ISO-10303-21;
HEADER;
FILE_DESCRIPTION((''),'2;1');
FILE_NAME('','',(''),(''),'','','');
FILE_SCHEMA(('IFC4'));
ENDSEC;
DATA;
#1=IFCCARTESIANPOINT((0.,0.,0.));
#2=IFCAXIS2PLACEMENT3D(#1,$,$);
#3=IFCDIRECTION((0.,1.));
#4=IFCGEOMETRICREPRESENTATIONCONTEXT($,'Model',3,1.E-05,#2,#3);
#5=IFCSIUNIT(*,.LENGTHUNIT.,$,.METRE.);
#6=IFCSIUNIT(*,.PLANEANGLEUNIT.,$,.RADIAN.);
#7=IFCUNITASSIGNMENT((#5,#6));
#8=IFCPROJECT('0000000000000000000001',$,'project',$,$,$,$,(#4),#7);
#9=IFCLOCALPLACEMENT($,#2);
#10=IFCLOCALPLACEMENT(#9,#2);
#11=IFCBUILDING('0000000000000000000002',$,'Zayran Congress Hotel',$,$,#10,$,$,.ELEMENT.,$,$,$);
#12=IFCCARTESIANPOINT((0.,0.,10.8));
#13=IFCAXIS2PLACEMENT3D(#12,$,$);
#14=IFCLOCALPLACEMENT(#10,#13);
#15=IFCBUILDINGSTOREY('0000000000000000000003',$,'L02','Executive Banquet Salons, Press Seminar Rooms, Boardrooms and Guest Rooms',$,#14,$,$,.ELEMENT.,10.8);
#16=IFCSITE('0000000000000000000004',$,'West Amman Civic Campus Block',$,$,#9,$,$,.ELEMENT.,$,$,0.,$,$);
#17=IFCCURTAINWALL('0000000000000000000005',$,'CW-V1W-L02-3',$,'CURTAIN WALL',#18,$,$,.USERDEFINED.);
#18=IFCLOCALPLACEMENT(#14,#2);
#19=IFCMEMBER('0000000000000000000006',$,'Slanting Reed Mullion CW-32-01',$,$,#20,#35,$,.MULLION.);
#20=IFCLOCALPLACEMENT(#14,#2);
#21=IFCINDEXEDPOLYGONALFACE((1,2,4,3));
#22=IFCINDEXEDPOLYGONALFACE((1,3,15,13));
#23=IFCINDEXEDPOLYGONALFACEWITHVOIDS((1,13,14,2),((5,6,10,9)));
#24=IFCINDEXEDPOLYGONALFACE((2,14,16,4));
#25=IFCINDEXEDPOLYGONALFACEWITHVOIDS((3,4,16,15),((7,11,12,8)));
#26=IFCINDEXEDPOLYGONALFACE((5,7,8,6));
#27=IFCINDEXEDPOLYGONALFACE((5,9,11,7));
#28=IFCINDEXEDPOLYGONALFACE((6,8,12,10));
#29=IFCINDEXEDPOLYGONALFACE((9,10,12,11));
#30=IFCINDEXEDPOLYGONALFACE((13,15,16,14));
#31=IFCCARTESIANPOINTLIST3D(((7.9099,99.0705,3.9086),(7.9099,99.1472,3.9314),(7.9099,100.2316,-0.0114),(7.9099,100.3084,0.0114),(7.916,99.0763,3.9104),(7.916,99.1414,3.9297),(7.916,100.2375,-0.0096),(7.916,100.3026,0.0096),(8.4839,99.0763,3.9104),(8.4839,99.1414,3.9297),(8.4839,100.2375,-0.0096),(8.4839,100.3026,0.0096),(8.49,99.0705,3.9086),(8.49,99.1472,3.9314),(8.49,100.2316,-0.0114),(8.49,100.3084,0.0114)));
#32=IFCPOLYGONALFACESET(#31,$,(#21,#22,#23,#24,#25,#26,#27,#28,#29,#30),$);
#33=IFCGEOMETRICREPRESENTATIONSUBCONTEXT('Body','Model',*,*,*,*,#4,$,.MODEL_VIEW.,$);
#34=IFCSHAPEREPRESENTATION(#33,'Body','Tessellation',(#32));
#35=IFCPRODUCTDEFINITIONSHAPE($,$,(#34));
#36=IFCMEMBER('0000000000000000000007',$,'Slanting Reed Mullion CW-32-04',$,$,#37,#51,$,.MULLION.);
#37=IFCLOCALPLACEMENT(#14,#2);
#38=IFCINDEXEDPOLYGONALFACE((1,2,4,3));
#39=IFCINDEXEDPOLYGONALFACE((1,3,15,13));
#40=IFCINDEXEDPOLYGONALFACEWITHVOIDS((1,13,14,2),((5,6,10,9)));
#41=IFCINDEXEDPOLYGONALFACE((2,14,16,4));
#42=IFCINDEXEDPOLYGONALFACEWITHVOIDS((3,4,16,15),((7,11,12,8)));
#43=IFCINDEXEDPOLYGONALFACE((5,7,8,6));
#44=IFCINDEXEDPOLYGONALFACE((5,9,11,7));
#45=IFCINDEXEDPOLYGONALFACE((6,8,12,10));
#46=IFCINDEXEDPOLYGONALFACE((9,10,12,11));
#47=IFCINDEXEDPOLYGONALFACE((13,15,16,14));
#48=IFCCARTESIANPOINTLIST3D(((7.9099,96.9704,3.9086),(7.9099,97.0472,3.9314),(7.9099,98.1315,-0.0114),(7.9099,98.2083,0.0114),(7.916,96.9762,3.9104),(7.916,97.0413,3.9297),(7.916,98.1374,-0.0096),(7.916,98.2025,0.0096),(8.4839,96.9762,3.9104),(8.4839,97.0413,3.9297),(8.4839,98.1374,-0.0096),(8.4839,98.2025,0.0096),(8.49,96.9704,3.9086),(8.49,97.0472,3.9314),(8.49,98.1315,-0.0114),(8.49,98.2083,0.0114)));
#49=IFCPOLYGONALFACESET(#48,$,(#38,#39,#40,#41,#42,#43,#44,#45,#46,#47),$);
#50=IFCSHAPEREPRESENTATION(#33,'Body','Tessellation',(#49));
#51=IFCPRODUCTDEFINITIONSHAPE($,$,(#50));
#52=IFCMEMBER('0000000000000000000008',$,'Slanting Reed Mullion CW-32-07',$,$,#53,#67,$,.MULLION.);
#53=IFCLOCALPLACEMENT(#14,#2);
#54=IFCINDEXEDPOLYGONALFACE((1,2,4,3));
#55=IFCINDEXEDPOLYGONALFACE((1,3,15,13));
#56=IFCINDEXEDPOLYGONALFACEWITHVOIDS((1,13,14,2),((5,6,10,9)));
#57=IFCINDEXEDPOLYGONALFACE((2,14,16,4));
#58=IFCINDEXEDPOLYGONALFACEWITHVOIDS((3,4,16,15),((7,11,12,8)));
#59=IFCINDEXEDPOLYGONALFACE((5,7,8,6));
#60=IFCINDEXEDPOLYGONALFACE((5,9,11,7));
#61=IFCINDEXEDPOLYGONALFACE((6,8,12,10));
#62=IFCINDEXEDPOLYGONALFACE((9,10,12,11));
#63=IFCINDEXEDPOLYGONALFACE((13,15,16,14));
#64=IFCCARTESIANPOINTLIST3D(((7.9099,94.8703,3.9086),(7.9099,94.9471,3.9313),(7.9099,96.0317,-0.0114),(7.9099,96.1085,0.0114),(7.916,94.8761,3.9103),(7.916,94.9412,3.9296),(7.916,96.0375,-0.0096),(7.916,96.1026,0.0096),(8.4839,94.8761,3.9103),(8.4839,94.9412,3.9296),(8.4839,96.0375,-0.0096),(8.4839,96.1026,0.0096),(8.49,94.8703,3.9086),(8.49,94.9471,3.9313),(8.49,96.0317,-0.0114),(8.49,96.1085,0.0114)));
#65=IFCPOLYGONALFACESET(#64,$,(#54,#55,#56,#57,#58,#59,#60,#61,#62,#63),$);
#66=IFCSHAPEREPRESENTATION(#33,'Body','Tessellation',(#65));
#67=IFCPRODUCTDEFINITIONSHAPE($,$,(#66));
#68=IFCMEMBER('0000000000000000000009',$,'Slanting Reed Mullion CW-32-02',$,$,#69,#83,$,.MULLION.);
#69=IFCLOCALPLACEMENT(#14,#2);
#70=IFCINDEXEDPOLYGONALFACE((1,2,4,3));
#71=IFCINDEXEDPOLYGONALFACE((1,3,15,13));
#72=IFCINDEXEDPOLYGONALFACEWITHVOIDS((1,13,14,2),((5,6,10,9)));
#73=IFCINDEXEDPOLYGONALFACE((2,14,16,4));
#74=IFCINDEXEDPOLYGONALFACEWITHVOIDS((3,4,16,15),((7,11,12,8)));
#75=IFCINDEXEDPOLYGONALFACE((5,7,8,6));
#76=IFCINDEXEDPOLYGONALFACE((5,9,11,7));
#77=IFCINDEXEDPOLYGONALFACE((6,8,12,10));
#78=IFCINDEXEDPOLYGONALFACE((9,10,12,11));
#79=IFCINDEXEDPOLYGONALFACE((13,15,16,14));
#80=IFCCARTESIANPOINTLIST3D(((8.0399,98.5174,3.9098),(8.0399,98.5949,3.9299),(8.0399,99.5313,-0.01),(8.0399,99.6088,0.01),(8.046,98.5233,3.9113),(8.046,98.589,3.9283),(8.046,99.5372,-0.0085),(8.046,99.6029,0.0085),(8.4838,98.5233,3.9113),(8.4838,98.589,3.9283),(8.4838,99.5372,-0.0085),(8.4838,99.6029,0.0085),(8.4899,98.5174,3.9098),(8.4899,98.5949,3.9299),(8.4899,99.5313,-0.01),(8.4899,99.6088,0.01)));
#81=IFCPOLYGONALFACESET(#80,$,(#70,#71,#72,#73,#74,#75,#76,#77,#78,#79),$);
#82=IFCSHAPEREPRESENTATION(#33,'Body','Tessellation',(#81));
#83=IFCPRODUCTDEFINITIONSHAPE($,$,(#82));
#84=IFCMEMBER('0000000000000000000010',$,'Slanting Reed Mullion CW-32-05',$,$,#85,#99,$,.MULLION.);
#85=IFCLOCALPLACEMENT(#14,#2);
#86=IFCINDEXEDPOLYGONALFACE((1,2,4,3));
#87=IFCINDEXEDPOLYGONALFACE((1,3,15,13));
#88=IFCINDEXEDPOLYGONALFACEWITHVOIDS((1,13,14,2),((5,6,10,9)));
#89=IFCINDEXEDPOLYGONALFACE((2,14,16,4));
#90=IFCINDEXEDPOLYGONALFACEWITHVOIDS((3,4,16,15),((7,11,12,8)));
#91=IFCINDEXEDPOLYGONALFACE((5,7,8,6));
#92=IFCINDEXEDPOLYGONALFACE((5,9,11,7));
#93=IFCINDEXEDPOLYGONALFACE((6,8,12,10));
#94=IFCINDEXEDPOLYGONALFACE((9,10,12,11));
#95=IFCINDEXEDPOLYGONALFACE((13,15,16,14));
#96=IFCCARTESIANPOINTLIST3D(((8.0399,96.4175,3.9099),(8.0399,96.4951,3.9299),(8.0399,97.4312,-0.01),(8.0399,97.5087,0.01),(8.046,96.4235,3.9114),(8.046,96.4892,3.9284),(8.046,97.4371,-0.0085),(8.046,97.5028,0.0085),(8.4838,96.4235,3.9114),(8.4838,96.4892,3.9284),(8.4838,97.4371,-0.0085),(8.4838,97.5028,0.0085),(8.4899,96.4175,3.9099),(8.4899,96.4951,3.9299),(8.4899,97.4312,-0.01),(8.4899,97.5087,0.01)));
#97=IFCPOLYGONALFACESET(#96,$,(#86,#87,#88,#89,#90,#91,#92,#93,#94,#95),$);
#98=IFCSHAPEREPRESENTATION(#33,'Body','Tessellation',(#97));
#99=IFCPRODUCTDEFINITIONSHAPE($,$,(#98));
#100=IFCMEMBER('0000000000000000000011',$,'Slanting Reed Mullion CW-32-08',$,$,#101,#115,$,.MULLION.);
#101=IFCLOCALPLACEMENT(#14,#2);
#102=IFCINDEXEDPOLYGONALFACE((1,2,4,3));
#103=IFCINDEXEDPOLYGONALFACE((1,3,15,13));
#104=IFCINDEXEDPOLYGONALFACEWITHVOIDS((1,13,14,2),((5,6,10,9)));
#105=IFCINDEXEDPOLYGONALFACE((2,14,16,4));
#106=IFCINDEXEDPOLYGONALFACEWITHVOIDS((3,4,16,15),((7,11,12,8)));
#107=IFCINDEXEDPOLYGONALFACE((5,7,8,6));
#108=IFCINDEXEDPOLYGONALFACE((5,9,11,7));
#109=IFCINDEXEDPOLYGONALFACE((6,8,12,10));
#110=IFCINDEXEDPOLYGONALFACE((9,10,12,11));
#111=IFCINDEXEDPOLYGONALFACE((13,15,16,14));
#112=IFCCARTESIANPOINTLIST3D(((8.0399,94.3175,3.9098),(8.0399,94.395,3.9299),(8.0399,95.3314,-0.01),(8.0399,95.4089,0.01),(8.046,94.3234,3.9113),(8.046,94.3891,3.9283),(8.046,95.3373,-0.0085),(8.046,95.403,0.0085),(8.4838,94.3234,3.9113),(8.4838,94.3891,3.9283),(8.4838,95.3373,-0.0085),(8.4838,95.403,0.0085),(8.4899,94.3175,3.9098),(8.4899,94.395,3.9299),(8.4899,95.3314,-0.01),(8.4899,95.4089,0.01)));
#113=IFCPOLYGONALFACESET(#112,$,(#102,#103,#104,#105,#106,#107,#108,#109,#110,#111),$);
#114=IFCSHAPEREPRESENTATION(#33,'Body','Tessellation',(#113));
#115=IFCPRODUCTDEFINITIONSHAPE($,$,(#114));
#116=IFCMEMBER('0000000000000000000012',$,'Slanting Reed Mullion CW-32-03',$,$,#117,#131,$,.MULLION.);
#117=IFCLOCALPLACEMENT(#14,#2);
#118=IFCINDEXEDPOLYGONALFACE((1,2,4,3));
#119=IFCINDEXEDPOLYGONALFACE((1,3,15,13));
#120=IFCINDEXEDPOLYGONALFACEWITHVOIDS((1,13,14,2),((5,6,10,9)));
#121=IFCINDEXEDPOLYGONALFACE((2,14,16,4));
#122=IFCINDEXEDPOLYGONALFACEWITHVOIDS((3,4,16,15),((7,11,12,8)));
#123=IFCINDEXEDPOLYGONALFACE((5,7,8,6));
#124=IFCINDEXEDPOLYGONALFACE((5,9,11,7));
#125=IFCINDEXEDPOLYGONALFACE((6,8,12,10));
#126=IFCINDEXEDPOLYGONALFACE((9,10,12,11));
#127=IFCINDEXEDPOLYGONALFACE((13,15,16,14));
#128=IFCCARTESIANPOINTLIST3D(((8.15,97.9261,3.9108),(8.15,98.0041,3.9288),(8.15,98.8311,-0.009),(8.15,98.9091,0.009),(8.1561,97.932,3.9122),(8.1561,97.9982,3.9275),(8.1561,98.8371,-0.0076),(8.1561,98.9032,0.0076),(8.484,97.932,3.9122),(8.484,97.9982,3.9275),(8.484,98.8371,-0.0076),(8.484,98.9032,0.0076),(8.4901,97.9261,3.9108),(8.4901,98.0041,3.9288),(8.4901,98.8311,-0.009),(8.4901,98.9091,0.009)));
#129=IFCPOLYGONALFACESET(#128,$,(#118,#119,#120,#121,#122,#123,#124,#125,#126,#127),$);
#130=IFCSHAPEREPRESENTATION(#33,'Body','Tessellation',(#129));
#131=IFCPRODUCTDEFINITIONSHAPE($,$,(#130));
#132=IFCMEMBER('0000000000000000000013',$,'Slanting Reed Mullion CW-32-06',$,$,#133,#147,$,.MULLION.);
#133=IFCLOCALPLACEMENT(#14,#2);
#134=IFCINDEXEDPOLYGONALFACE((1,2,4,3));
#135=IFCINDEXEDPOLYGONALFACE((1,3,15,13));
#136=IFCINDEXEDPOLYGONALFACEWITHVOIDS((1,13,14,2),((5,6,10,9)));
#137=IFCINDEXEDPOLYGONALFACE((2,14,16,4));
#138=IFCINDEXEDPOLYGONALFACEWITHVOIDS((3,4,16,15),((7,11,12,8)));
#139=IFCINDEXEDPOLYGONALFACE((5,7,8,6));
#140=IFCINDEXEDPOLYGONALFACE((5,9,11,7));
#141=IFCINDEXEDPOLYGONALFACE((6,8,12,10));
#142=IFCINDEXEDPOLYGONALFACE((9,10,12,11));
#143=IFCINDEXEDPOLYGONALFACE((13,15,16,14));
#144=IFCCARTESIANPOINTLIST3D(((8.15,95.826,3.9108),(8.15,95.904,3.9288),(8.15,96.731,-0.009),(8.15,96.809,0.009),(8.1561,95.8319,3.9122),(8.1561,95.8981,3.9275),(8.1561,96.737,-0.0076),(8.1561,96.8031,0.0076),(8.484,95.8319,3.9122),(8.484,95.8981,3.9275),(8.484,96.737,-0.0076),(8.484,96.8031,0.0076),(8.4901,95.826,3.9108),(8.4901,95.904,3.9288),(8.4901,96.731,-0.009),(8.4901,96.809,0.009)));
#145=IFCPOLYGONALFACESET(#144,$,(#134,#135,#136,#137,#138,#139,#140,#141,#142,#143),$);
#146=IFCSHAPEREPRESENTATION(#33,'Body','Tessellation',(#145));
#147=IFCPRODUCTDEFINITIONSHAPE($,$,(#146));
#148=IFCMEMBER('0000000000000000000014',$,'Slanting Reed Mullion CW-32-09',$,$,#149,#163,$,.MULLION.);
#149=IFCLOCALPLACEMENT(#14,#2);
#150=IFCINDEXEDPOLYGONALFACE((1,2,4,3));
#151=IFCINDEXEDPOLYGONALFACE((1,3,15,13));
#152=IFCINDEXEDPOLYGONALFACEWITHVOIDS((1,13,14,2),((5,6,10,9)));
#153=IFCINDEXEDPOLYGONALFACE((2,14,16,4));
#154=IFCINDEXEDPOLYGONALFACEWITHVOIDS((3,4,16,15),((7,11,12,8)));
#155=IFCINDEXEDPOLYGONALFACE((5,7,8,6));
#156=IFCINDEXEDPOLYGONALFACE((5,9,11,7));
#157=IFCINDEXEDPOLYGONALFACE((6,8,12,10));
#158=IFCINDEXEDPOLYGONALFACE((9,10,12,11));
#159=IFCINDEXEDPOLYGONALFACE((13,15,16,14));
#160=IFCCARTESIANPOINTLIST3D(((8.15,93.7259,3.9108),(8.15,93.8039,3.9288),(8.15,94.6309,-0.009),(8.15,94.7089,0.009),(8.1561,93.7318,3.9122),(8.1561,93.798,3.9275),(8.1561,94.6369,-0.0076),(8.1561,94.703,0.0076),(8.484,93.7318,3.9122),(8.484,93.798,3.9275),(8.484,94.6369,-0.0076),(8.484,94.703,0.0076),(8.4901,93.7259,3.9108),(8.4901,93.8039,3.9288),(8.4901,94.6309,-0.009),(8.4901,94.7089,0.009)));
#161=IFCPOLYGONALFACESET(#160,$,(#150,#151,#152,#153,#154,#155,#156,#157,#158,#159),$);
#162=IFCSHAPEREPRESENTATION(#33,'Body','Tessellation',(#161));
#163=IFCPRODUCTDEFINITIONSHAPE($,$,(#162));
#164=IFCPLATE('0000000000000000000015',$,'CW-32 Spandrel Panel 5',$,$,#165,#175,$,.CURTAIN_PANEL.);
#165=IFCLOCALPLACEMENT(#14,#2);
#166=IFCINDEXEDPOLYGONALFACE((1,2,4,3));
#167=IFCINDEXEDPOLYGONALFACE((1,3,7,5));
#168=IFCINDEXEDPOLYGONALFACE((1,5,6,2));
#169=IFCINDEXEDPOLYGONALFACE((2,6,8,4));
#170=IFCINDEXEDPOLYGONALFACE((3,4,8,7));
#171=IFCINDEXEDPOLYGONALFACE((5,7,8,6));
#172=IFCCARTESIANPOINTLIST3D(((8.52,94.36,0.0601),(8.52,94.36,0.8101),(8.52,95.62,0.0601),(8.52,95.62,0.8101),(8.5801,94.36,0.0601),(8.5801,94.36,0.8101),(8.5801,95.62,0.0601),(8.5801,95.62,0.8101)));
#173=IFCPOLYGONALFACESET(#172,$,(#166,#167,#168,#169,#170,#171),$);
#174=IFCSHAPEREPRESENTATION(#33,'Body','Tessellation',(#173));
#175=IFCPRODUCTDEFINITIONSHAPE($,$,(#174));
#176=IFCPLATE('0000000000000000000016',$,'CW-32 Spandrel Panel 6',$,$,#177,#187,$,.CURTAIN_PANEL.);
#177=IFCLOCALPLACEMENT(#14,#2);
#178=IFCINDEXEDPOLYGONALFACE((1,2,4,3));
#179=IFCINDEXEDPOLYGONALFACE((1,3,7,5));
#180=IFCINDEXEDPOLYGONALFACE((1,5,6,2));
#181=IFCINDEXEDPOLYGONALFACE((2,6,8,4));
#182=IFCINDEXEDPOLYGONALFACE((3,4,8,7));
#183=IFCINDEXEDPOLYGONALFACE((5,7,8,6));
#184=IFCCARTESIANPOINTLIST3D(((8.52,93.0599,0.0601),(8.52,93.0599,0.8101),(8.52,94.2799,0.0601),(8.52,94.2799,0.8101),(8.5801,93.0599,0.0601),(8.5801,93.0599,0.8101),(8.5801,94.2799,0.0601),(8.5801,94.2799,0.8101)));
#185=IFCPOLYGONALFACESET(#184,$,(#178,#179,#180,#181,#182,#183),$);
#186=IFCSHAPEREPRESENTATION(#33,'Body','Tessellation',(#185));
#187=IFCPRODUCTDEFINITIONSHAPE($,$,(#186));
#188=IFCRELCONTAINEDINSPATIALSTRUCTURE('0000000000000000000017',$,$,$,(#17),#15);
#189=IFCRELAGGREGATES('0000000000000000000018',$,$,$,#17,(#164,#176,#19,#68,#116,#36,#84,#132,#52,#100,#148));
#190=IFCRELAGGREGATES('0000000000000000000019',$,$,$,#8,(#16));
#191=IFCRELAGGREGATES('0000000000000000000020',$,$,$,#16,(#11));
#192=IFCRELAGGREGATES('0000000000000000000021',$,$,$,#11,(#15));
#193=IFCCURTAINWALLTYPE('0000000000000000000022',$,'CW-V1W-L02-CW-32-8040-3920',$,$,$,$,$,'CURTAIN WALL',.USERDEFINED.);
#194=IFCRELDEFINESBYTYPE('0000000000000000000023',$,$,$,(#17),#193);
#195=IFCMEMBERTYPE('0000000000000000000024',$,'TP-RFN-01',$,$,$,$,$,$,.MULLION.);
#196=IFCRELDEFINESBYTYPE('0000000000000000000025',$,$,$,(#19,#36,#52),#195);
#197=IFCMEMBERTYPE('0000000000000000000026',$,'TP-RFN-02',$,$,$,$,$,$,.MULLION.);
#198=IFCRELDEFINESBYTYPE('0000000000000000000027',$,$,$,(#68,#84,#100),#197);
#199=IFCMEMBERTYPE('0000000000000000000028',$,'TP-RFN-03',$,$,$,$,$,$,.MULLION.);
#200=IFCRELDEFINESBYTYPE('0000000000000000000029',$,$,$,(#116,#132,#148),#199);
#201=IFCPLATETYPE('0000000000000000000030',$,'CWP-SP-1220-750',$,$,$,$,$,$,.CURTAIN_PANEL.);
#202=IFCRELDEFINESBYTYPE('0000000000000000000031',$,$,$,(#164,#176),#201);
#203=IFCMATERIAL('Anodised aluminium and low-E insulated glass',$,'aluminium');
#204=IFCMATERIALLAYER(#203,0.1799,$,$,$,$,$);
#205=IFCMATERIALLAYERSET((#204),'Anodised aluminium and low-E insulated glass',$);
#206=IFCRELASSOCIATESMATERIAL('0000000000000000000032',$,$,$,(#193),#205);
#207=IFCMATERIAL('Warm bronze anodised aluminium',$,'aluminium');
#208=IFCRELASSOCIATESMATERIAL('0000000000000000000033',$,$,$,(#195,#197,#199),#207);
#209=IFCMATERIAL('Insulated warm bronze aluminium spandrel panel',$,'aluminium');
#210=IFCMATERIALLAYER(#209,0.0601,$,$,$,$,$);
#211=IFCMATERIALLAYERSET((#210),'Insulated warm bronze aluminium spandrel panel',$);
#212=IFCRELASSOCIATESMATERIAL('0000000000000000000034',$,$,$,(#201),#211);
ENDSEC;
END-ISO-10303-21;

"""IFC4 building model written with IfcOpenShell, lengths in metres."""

from ifc_helpers import new_model, si_unit, direction, frame, origin, origin_2d, place, context, subcontext, project, spatial, rectangle, hollow_rectangle, extrude, material, layer, layer_set, material_profile, profile_set, type_object, element, aggregate, save


model = new_model("IFC4")

# Units and contexts
model_context = context("Model", 3, precision=1e-05, world=origin(), true_north=direction((0.0, 1.0)))
body_context = subcontext(model_context, "Body", "Model", "MODEL_VIEW")
ifc_project = project(units=[si_unit("LENGTHUNIT", "METRE"), si_unit("PLANEANGLEUNIT", "RADIAN")], contexts=[model_context])

# Site, building, storey
site_placement = place(None, origin())
site = spatial("IfcSite", under=ifc_project, at=site_placement, Name="West Amman Civic Campus Block", CompositionType="ELEMENT", RefElevation=0.0)
building_placement = place(site_placement, origin())
building = spatial("IfcBuilding", under=site, at=building_placement, Name="Zayran Congress Hotel", CompositionType="ELEMENT")
storey_placement = place(building_placement, frame((0.0, 0.0, 10.8)))
storey = spatial("IfcBuildingStorey", under=building, at=storey_placement, Name="L02", Description="Executive Banquet Salons, Press Seminar Rooms, Boardrooms and Guest Rooms", CompositionType="ELEMENT", Elevation=10.8)

# Curtain wall
ifc_material_1 = material(Name="Anodised aluminium and low-E insulated glass", Category="aluminium")
ifc_layer_1 = layer(ifc_material_1, 0.1799)
ifc_layer_set_1 = layer_set([ifc_layer_1], Name="Anodised aluminium and low-E insulated glass")
curtain_wall_type_1 = type_object("IfcCurtainWallType", Name="CW-V1W-L02-CW-32-8040-3920", ElementType="CURTAIN WALL", PredefinedType="USERDEFINED", material=ifc_layer_set_1)
curtain_wall_1_placement = place(storey_placement, origin())
curtain_wall_1 = element("IfcCurtainWall", 1, at=curtain_wall_1_placement, inside=storey, type_object=curtain_wall_type_1, Name="CW-V1W-L02-3", ObjectType="CURTAIN WALL", PredefinedType="USERDEFINED")

# Members
ifc_material_2 = material(Name="Warm bronze anodised aluminium", Category="aluminium")
ifc_material_profile_1 = material_profile(ifc_material_2, hollow_rectangle(XDim=0.0801, YDim=0.5801, WallThickness=0.0061, at=origin_2d()), Name="RHS 580x80x6")
ifc_profile_set_1 = profile_set([ifc_material_profile_1], Name="Warm bronze anodised aluminium")
member_type_1 = type_object("IfcMemberType", Name="TP-RFN-01", PredefinedType="MULLION", material=ifc_profile_set_1)
member_1_placement = place(storey_placement, frame((8.2, 100.27, 0.0), z_axis=(0.0, -0.284015, 0.95882), x_axis=(0.0, 0.95882, 0.284015)))
member_1 = element("IfcMember", 2, at=member_1_placement, type_object=member_type_1, Name="Slanting Reed Mullion CW-32-01", PredefinedType="MULLION", context=body_context, shape_type="SweptSolid", body=[
    extrude(hollow_rectangle(XDim=0.0801, YDim=0.5801, WallThickness=0.0061, at=origin_2d()), origin(), (0.0, 0.0, 1.0), 4.0884),
])
member_2_placement = place(storey_placement, frame((8.2, 98.1699, 0.0), z_axis=(0.0, -0.284015, 0.95882), x_axis=(0.0, 0.95882, 0.284015)))
member_2 = element("IfcMember", 3, at=member_2_placement, type_object=member_type_1, Name="Slanting Reed Mullion CW-32-04", PredefinedType="MULLION", context=body_context, shape_type="SweptSolid", body=[
    extrude(hollow_rectangle(XDim=0.0801, YDim=0.5801, WallThickness=0.0061, at=origin_2d()), origin(), (0.0, 0.0, 1.0), 4.0884),
])
member_3_placement = place(storey_placement, frame((8.2, 96.0701, 0.0), z_axis=(0.0, -0.28407, 0.958804), x_axis=(0.0, 0.958804, 0.28407)))
member_3 = element("IfcMember", 4, at=member_3_placement, type_object=member_type_1, Name="Slanting Reed Mullion CW-32-07", PredefinedType="MULLION", context=body_context, shape_type="SweptSolid", body=[
    extrude(hollow_rectangle(XDim=0.0801, YDim=0.5801, WallThickness=0.0061, at=origin_2d()), origin(), (0.0, 0.0, 1.0), 4.0884),
])
ifc_material_profile_2 = material_profile(ifc_material_2, hollow_rectangle(XDim=0.0801, YDim=0.45, WallThickness=0.0061, at=origin_2d()), Name="RHS 450x80x6")
ifc_profile_set_2 = profile_set([ifc_material_profile_2], Name="Warm bronze anodised aluminium")
member_type_2 = type_object("IfcMemberType", Name="TP-RFN-02", PredefinedType="MULLION", material=ifc_profile_set_2)
member_4_placement = place(storey_placement, frame((8.2649, 99.5701, 0.0), z_axis=(0.0, -0.250416, 0.968138), x_axis=(0.0, 0.968138, 0.250416)))
member_4 = element("IfcMember", 5, at=member_4_placement, type_object=member_type_2, Name="Slanting Reed Mullion CW-32-02", PredefinedType="MULLION", context=body_context, shape_type="SweptSolid", body=[
    extrude(hollow_rectangle(XDim=0.0801, YDim=0.45, WallThickness=0.0061, at=origin_2d()), origin(), (0.0, 0.0, 1.0), 4.0488),
])
member_5_placement = place(storey_placement, frame((8.2649, 97.47, 0.0), z_axis=(0.0, -0.250359, 0.968153), x_axis=(0.0, 0.968153, 0.250359)))
member_5 = element("IfcMember", 6, at=member_5_placement, type_object=member_type_2, Name="Slanting Reed Mullion CW-32-05", PredefinedType="MULLION", context=body_context, shape_type="SweptSolid", body=[
    extrude(hollow_rectangle(XDim=0.0801, YDim=0.45, WallThickness=0.0061, at=origin_2d()), origin(), (0.0, 0.0, 1.0), 4.0488),
])
member_6_placement = place(storey_placement, frame((8.2649, 95.3701, 0.0), z_axis=(0.0, -0.250416, 0.968138), x_axis=(0.0, 0.968138, 0.250416)))
member_6 = element("IfcMember", 7, at=member_6_placement, type_object=member_type_2, Name="Slanting Reed Mullion CW-32-08", PredefinedType="MULLION", context=body_context, shape_type="SweptSolid", body=[
    extrude(hollow_rectangle(XDim=0.0801, YDim=0.45, WallThickness=0.0061, at=origin_2d()), origin(), (0.0, 0.0, 1.0), 4.0488),
])
ifc_material_profile_3 = material_profile(ifc_material_2, hollow_rectangle(XDim=0.0801, YDim=0.3401, WallThickness=0.0061, at=origin_2d()), Name="RHS 340x80x6")
ifc_profile_set_3 = profile_set([ifc_material_profile_3], Name="Warm bronze anodised aluminium")
member_type_3 = type_object("IfcMemberType", Name="TP-RFN-03", PredefinedType="MULLION", material=ifc_profile_set_3)
member_7_placement = place(storey_placement, frame((8.3201, 98.8701, 0.0), z_axis=(0.0, -0.224961, 0.974368), x_axis=(0.0, 0.974368, 0.224961)))
member_7 = element("IfcMember", 8, at=member_7_placement, type_object=member_type_3, Name="Slanting Reed Mullion CW-32-03", PredefinedType="MULLION", context=body_context, shape_type="SweptSolid", body=[
    extrude(hollow_rectangle(XDim=0.0801, YDim=0.3401, WallThickness=0.0061, at=origin_2d()), origin(), (0.0, 0.0, 1.0), 4.0229),
])
member_8_placement = place(storey_placement, frame((8.3201, 96.77, 0.0), z_axis=(0.0, -0.224961, 0.974368), x_axis=(0.0, 0.974368, 0.224961)))
member_8 = element("IfcMember", 9, at=member_8_placement, type_object=member_type_3, Name="Slanting Reed Mullion CW-32-06", PredefinedType="MULLION", context=body_context, shape_type="SweptSolid", body=[
    extrude(hollow_rectangle(XDim=0.0801, YDim=0.3401, WallThickness=0.0061, at=origin_2d()), origin(), (0.0, 0.0, 1.0), 4.0229),
])
member_9_placement = place(storey_placement, frame((8.3201, 94.6699, 0.0), z_axis=(0.0, -0.224961, 0.974368), x_axis=(0.0, 0.974368, 0.224961)))
member_9 = element("IfcMember", 10, at=member_9_placement, type_object=member_type_3, Name="Slanting Reed Mullion CW-32-09", PredefinedType="MULLION", context=body_context, shape_type="SweptSolid", body=[
    extrude(hollow_rectangle(XDim=0.0801, YDim=0.3401, WallThickness=0.0061, at=origin_2d()), origin(), (0.0, 0.0, 1.0), 4.0229),
])

# Plates
ifc_material_3 = material(Name="Insulated warm bronze aluminium spandrel panel", Category="aluminium")
ifc_layer_2 = layer(ifc_material_3, 0.0601)
ifc_layer_set_2 = layer_set([ifc_layer_2], Name="Insulated warm bronze aluminium spandrel panel")
plate_type_1 = type_object("IfcPlateType", Name="CWP-SP-1220-750", PredefinedType="CURTAIN_PANEL", material=ifc_layer_set_2)
plate_1_placement = place(storey_placement, frame((8.55, 94.99, 0.0601), z_axis=(0.0, 0.0, 1.0), x_axis=(0.0, 1.0, 0.0)))
plate_1 = element("IfcPlate", 11, at=plate_1_placement, type_object=plate_type_1, Name="CW-32 Spandrel Panel 5", PredefinedType="CURTAIN_PANEL", context=body_context, shape_type="SweptSolid", body=[
    extrude(rectangle(XDim=1.26, YDim=0.0601, at=origin_2d()), origin(), (0.0, 0.0, 1.0), 0.75),
])
plate_2_placement = place(storey_placement, frame((8.55, 93.6699, 0.0601), z_axis=(0.0, 0.0, 1.0), x_axis=(0.0, 1.0, 0.0)))
plate_2 = element("IfcPlate", 12, at=plate_2_placement, type_object=plate_type_1, Name="CW-32 Spandrel Panel 6", PredefinedType="CURTAIN_PANEL", context=body_context, shape_type="SweptSolid", body=[
    extrude(rectangle(XDim=1.22, YDim=0.0601, at=origin_2d()), origin(), (0.0, 0.0, 1.0), 0.75),
])
aggregate(curtain_wall_1, [plate_1, plate_2, member_1, member_4, member_7, member_2, member_5, member_8, member_3, member_6, member_9])

save(model, "model.ifc")
